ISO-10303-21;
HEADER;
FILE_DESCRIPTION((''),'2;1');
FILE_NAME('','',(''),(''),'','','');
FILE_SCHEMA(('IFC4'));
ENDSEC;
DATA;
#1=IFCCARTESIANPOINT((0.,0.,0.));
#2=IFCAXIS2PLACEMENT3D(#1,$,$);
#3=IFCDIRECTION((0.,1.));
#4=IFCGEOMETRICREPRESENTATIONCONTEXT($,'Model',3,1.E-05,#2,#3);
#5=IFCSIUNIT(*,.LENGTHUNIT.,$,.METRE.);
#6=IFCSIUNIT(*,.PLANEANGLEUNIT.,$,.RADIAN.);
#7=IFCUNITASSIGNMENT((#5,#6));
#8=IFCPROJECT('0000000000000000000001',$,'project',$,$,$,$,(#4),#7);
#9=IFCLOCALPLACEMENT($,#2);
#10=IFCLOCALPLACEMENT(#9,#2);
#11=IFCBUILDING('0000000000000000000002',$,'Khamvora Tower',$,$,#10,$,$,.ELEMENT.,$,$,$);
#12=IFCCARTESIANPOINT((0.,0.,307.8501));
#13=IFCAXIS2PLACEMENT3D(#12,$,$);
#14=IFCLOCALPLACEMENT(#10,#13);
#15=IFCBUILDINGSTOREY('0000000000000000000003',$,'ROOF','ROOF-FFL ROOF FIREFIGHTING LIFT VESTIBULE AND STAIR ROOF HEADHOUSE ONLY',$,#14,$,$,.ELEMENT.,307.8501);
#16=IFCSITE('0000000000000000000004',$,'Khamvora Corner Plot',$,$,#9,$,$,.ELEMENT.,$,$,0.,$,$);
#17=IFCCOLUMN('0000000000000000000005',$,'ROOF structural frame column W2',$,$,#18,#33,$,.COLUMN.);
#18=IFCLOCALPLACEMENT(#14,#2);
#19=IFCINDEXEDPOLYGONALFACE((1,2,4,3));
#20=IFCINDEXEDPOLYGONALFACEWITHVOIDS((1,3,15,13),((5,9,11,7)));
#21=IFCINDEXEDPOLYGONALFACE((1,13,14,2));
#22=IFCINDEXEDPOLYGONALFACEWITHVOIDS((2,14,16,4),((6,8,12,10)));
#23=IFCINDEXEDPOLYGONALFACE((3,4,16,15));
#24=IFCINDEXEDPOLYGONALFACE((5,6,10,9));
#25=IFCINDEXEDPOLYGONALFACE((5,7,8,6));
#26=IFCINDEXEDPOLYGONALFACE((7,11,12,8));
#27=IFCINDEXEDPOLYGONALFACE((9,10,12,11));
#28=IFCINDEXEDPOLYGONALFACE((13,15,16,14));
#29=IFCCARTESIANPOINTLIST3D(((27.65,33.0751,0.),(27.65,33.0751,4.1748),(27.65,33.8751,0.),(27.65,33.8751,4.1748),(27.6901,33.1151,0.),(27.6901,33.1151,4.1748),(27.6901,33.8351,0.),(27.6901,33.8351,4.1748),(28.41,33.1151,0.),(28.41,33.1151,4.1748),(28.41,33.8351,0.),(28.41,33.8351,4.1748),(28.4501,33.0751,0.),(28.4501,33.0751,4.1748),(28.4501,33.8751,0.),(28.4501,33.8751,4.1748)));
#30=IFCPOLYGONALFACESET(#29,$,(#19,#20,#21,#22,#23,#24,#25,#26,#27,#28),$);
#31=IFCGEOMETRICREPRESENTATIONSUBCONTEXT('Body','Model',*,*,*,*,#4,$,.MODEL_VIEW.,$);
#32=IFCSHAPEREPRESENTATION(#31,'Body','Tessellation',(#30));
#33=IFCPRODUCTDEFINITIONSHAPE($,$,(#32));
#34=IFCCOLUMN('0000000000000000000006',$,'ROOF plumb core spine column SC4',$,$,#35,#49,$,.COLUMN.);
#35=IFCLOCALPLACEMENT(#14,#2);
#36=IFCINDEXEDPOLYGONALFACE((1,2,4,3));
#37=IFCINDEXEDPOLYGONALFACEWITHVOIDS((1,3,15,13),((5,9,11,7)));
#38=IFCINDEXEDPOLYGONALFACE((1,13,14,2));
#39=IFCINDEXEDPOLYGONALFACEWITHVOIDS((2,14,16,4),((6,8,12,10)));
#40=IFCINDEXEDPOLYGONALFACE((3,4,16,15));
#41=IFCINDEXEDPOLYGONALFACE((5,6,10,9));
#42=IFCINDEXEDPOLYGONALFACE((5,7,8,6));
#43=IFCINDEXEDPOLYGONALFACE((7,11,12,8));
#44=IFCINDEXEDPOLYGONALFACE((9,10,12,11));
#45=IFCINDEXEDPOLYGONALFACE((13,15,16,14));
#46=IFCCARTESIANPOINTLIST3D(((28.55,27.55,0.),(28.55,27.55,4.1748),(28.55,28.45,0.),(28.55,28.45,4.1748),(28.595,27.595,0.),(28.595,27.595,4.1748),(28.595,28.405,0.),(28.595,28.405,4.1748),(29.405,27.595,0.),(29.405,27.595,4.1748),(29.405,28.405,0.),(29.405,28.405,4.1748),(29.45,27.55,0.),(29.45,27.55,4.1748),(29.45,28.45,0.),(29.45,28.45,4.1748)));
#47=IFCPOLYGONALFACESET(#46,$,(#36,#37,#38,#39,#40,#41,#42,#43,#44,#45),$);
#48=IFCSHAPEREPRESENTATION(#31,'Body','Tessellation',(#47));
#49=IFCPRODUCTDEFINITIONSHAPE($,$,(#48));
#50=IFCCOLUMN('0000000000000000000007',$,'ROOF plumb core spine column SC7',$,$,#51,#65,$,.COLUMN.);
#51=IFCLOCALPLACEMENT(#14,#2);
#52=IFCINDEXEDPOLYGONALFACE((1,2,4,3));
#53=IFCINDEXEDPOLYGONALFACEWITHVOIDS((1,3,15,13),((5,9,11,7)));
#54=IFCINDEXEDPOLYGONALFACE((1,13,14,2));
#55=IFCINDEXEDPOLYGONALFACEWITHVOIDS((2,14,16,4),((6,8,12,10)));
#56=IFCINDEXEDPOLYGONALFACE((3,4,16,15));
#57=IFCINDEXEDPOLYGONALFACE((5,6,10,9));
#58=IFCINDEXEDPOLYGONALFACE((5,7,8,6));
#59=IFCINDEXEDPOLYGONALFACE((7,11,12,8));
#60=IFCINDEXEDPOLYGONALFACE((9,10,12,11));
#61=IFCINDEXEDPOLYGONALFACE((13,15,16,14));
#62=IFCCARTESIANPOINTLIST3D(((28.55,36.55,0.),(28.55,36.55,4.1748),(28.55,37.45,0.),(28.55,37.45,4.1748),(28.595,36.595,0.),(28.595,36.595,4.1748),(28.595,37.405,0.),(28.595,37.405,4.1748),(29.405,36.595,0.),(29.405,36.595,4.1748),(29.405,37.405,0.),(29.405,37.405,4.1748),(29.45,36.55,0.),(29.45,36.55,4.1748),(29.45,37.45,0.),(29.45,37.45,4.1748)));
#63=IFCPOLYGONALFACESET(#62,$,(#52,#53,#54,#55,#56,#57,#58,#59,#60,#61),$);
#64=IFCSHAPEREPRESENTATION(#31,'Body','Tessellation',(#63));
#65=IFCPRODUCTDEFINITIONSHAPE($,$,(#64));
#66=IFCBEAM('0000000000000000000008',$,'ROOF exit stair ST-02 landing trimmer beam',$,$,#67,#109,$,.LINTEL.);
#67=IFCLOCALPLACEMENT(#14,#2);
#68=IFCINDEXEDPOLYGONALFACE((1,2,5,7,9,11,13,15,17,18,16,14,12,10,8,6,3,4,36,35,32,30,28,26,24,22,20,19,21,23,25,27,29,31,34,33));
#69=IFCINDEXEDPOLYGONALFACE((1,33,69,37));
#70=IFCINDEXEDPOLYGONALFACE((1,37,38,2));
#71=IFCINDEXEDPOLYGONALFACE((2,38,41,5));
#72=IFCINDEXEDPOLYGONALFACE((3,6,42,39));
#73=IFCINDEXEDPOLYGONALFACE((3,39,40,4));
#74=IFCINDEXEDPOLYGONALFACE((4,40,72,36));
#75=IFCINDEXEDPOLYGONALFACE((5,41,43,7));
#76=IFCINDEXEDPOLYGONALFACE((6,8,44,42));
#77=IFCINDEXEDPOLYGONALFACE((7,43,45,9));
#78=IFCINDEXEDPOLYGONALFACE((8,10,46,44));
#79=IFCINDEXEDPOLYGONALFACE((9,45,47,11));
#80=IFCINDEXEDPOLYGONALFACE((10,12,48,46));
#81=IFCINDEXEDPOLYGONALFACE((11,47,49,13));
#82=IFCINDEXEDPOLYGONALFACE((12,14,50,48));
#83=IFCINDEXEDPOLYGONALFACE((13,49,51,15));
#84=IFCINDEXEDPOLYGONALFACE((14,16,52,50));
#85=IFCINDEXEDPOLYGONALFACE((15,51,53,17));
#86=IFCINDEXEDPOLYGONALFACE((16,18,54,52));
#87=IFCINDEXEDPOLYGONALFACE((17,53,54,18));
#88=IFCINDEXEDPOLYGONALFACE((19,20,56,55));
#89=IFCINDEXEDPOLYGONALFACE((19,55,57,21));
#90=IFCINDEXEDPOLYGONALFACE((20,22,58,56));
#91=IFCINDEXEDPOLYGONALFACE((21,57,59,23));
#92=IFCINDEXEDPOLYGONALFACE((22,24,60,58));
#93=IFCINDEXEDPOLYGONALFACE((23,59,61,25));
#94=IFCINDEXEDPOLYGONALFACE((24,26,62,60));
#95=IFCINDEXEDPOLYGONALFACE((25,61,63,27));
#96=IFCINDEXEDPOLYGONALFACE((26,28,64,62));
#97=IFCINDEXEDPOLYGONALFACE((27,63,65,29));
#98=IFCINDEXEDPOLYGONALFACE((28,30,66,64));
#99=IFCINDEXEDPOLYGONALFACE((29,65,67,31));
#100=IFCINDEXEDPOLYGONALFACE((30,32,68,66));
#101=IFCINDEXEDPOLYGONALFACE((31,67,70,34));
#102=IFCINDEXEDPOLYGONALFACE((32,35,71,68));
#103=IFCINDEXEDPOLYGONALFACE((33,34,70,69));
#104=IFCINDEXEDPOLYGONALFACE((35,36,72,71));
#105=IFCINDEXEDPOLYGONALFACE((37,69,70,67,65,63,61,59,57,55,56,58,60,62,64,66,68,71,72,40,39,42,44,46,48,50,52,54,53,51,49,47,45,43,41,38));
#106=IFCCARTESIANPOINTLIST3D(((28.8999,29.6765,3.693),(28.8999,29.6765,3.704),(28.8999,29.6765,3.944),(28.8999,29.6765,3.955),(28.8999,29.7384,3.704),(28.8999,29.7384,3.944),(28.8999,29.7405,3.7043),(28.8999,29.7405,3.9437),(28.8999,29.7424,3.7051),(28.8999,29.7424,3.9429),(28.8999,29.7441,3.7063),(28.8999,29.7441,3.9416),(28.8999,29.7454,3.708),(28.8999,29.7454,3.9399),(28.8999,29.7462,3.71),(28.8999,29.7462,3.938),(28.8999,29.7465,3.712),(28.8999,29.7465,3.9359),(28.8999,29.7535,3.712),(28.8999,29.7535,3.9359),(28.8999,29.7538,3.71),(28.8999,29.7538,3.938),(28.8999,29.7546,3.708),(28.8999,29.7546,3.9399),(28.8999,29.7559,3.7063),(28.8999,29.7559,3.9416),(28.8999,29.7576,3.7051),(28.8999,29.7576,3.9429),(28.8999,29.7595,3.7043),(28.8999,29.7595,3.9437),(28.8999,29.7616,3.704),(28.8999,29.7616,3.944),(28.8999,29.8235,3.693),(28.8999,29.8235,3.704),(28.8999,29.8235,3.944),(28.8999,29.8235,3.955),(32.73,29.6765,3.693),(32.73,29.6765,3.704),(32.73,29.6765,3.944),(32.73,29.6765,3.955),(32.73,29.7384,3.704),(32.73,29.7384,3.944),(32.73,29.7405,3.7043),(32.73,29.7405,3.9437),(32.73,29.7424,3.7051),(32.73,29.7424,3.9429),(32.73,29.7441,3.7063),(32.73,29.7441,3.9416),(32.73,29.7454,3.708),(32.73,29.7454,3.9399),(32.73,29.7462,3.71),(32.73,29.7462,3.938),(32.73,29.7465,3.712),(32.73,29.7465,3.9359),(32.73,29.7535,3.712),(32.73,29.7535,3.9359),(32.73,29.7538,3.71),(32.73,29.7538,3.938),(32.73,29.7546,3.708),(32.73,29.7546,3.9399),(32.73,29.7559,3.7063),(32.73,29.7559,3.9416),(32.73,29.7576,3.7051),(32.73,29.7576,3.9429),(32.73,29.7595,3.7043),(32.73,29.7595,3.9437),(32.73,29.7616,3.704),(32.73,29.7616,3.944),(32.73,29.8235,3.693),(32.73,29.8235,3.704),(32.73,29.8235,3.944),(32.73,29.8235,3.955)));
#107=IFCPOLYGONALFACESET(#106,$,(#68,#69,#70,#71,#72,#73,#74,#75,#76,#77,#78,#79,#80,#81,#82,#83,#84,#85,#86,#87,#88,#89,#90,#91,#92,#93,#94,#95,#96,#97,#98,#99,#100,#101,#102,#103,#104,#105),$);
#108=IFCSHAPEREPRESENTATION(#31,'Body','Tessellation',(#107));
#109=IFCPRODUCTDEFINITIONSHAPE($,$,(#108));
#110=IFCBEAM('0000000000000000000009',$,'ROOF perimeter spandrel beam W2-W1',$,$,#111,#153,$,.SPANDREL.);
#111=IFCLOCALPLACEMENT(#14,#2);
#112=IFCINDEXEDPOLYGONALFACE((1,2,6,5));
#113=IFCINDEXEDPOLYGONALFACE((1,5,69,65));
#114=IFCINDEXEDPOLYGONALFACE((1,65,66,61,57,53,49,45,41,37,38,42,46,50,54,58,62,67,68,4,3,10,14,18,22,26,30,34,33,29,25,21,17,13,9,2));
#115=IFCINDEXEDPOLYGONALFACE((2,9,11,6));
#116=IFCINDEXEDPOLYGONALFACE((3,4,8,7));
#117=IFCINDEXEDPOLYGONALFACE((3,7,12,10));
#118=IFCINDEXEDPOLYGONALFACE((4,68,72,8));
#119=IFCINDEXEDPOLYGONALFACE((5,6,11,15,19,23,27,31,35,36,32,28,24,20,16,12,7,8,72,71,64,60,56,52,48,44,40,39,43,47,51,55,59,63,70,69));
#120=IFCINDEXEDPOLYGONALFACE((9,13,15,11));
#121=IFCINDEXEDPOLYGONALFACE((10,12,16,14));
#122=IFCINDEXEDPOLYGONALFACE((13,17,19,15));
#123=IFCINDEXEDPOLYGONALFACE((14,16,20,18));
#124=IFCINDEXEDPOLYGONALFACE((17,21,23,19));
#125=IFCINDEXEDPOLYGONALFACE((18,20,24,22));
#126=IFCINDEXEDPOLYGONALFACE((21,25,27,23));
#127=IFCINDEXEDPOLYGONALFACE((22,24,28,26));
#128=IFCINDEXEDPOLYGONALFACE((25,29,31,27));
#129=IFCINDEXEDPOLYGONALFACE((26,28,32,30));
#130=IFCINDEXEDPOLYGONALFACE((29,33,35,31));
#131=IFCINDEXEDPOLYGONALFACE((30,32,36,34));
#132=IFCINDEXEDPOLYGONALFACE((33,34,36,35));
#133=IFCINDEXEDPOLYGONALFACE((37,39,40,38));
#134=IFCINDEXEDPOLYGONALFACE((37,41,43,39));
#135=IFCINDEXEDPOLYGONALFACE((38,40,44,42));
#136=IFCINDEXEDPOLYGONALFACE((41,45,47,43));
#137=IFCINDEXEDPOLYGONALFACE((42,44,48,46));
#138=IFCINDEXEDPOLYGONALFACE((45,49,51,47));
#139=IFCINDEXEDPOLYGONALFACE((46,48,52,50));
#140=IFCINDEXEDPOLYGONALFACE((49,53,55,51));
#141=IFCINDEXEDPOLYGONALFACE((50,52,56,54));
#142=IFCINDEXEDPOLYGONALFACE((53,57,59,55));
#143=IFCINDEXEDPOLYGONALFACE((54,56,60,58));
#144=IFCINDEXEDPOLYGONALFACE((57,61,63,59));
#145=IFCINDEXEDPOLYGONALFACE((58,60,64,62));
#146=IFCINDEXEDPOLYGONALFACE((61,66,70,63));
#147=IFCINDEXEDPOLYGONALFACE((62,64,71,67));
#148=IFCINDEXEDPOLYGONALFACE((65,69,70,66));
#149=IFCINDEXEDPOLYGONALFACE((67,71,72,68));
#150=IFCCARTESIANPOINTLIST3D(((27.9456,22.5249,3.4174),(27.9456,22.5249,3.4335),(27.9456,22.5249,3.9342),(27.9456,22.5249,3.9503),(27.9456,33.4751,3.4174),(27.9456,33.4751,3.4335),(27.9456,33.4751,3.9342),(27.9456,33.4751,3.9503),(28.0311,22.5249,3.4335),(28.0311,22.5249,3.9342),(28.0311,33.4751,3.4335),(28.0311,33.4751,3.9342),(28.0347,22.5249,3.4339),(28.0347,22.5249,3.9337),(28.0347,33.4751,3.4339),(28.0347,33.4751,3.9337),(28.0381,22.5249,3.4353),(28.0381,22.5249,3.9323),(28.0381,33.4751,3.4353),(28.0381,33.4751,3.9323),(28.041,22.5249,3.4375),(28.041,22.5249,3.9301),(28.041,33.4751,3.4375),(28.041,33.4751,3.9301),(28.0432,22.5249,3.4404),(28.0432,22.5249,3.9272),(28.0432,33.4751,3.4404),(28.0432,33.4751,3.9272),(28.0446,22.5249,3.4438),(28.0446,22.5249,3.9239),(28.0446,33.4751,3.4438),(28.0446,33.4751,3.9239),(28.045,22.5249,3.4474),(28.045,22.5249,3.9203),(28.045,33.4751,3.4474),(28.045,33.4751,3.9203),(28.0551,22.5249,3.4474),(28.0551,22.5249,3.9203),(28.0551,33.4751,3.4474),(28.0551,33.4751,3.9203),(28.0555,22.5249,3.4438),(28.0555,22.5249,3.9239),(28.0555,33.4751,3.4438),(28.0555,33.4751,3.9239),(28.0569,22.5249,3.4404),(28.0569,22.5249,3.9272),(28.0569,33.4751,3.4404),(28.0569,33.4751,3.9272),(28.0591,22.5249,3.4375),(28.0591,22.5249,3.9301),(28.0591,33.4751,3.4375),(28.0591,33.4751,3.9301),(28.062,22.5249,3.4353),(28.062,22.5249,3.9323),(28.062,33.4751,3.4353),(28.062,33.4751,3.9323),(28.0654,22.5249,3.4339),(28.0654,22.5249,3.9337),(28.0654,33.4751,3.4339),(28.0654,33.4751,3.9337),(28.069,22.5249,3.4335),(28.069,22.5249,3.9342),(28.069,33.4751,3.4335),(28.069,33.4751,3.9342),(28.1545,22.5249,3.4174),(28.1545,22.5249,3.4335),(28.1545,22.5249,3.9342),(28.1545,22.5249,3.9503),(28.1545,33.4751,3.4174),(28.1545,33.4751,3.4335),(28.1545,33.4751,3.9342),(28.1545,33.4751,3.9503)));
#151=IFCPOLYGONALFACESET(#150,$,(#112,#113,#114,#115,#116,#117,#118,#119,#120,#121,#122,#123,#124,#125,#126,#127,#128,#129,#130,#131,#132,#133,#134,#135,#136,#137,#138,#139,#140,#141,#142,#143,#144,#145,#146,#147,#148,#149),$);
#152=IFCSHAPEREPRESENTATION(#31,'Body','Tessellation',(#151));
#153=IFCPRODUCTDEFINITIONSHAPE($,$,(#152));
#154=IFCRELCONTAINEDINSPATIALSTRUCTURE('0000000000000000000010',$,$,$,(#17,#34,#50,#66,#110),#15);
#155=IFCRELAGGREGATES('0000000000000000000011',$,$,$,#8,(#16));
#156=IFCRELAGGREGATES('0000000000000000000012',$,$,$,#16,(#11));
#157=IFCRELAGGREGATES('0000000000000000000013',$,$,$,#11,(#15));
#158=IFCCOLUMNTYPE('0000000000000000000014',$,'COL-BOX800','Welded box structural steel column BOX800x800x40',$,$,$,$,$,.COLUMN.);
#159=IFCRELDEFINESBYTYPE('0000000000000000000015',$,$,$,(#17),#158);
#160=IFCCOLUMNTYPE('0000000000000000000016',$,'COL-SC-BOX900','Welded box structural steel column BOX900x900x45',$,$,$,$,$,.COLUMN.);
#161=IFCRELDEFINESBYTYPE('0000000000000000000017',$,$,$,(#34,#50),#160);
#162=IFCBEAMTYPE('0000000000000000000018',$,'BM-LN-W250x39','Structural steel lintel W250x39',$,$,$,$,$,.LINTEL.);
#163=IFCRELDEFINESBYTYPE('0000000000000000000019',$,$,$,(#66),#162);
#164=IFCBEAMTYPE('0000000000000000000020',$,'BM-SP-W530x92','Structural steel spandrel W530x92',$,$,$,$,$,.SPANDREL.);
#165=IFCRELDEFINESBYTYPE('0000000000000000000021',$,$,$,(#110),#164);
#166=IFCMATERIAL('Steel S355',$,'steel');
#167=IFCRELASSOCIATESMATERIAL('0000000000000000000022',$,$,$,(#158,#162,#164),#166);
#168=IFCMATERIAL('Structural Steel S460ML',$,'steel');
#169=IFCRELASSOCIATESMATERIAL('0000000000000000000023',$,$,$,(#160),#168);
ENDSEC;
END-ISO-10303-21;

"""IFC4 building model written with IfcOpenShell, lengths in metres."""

from ifc_helpers import new_model, si_unit, direction, frame, origin, origin_2d, place, context, subcontext, project, spatial, hollow_rectangle, i_section, extrude, material, material_profile, profile_set, type_object, element, save


model = new_model("IFC4")

# Units and contexts
model_context = context("Model", 3, precision=1e-05, world=origin(), true_north=direction((0.0, 1.0)))
body_context = subcontext(model_context, "Body", "Model", "MODEL_VIEW")
ifc_project = project(units=[si_unit("LENGTHUNIT", "METRE"), si_unit("PLANEANGLEUNIT", "RADIAN")], contexts=[model_context])

# Site, building, storey
site_placement = place(None, origin())
site = spatial("IfcSite", under=ifc_project, at=site_placement, Name="Khamvora Corner Plot", CompositionType="ELEMENT", RefElevation=0.0)
building_placement = place(site_placement, origin())
building = spatial("IfcBuilding", under=site, at=building_placement, Name="Khamvora Tower", CompositionType="ELEMENT")
storey_placement = place(building_placement, frame((0.0, 0.0, 307.8501)))
storey = spatial("IfcBuildingStorey", under=building, at=storey_placement, Name="ROOF", Description="ROOF-FFL ROOF FIREFIGHTING LIFT VESTIBULE AND STAIR ROOF HEADHOUSE ONLY", CompositionType="ELEMENT", Elevation=307.8501)

# Columns
ifc_material_1 = material(Name="Steel S355", Category="steel")
ifc_material_profile_1 = material_profile(ifc_material_1, hollow_rectangle(XDim=0.8, YDim=0.8, WallThickness=0.04, at=origin_2d()), Name="BOX800x800x40")
ifc_profile_set_1 = profile_set([ifc_material_profile_1], Name="Steel S355")
column_type_1 = type_object("IfcColumnType", Name="COL-BOX800", Description="Welded box structural steel column BOX800x800x40", PredefinedType="COLUMN", material=ifc_profile_set_1)
column_placement = place(storey_placement, frame((28.05, 33.4751, 0.0), z_axis=(0.0, 0.0, 1.0), x_axis=(1.0, 0.0, 0.0)))
element("IfcColumn", 1, at=column_placement, inside=storey, type_object=column_type_1, Name="ROOF structural frame column W2", PredefinedType="COLUMN", context=body_context, shape_type="SweptSolid", body=[
    extrude(hollow_rectangle(XDim=0.8, YDim=0.8, WallThickness=0.04, at=origin_2d()), origin(), (0.0, 0.0, 1.0), 4.1748),
])
ifc_material_2 = material(Name="Structural Steel S460ML", Category="steel")
ifc_material_profile_2 = material_profile(ifc_material_2, hollow_rectangle(XDim=0.8999, YDim=0.8999, WallThickness=0.0449, at=origin_2d()), Name="BOX900x900x45")
ifc_profile_set_2 = profile_set([ifc_material_profile_2], Name="Structural Steel S460ML")
column_type_2 = type_object("IfcColumnType", Name="COL-SC-BOX900", Description="Welded box structural steel column BOX900x900x45", PredefinedType="COLUMN", material=ifc_profile_set_2)
for number, where, z_axis, x_axis, name in (
    (2, (29.0, 28.0, 0.0), (0.0, 0.0, 1.0), (1.0, 0.0, 0.0), "ROOF plumb core spine column SC4"),
    (3, (29.0, 37.0, 0.0), (0.0, 0.0, 1.0), (1.0, 0.0, 0.0), "ROOF plumb core spine column SC7"),
):
    element("IfcColumn", number, at=place(storey_placement, frame(where, z_axis=z_axis, x_axis=x_axis)), inside=storey, type_object=column_type_2, Name=name, PredefinedType="COLUMN", context=body_context, shape_type="SweptSolid", body=[
        extrude(hollow_rectangle(XDim=0.8999, YDim=0.8999, WallThickness=0.0449, at=origin_2d()), origin(), (0.0, 0.0, 1.0), 4.1748),
    ])

# Beams
ifc_material_profile_3 = material_profile(ifc_material_1, i_section(OverallWidth=0.147, OverallDepth=0.262, WebThickness=0.0071, FlangeThickness=0.011, FilletRadius=0.0081, at=origin_2d()), Name="W250x39")
ifc_profile_set_3 = profile_set([ifc_material_profile_3], Name="Steel S355")
beam_type_1 = type_object("IfcBeamType", Name="BM-LN-W250x39", Description="Structural steel lintel W250x39", PredefinedType="LINTEL", material=ifc_profile_set_3)
beam_1_placement = place(storey_placement, frame((28.8999, 29.75, 3.824), z_axis=(1.0, 0.0, 0.0), x_axis=(0.0, 1.0, 0.0)))
element("IfcBeam", 4, at=beam_1_placement, inside=storey, type_object=beam_type_1, Name="ROOF exit stair ST-02 landing trimmer beam", PredefinedType="LINTEL", context=body_context, shape_type="SweptSolid", body=[
    extrude(i_section(OverallWidth=0.147, OverallDepth=0.262, WebThickness=0.0071, FlangeThickness=0.011, FilletRadius=0.0081, at=origin_2d()), origin(), (0.0, 0.0, 1.0), 3.8301),
])
ifc_material_profile_4 = material_profile(ifc_material_1, i_section(OverallWidth=0.209, OverallDepth=0.533, WebThickness=0.01, FlangeThickness=0.0161, FilletRadius=0.0139, at=origin_2d()), Name="W530x92")
ifc_profile_set_4 = profile_set([ifc_material_profile_4], Name="Steel S355")
beam_type_2 = type_object("IfcBeamType", Name="BM-SP-W530x92", Description="Structural steel spandrel W530x92", PredefinedType="SPANDREL", material=ifc_profile_set_4)
beam_2_placement = place(storey_placement, frame((28.05, 33.4751, 3.6838), z_axis=(0.0, -1.0, 0.0), x_axis=(1.0, 0.0, 0.0)))
element("IfcBeam", 5, at=beam_2_placement, inside=storey, type_object=beam_type_2, Name="ROOF perimeter spandrel beam W2-W1", PredefinedType="SPANDREL", context=body_context, shape_type="SweptSolid", body=[
    extrude(i_section(OverallWidth=0.209, OverallDepth=0.533, WebThickness=0.01, FlangeThickness=0.0161, FilletRadius=0.0139, at=origin_2d()), origin(), (0.0, 0.0, 1.0), 10.9502),
])

save(model, "model.ifc")
